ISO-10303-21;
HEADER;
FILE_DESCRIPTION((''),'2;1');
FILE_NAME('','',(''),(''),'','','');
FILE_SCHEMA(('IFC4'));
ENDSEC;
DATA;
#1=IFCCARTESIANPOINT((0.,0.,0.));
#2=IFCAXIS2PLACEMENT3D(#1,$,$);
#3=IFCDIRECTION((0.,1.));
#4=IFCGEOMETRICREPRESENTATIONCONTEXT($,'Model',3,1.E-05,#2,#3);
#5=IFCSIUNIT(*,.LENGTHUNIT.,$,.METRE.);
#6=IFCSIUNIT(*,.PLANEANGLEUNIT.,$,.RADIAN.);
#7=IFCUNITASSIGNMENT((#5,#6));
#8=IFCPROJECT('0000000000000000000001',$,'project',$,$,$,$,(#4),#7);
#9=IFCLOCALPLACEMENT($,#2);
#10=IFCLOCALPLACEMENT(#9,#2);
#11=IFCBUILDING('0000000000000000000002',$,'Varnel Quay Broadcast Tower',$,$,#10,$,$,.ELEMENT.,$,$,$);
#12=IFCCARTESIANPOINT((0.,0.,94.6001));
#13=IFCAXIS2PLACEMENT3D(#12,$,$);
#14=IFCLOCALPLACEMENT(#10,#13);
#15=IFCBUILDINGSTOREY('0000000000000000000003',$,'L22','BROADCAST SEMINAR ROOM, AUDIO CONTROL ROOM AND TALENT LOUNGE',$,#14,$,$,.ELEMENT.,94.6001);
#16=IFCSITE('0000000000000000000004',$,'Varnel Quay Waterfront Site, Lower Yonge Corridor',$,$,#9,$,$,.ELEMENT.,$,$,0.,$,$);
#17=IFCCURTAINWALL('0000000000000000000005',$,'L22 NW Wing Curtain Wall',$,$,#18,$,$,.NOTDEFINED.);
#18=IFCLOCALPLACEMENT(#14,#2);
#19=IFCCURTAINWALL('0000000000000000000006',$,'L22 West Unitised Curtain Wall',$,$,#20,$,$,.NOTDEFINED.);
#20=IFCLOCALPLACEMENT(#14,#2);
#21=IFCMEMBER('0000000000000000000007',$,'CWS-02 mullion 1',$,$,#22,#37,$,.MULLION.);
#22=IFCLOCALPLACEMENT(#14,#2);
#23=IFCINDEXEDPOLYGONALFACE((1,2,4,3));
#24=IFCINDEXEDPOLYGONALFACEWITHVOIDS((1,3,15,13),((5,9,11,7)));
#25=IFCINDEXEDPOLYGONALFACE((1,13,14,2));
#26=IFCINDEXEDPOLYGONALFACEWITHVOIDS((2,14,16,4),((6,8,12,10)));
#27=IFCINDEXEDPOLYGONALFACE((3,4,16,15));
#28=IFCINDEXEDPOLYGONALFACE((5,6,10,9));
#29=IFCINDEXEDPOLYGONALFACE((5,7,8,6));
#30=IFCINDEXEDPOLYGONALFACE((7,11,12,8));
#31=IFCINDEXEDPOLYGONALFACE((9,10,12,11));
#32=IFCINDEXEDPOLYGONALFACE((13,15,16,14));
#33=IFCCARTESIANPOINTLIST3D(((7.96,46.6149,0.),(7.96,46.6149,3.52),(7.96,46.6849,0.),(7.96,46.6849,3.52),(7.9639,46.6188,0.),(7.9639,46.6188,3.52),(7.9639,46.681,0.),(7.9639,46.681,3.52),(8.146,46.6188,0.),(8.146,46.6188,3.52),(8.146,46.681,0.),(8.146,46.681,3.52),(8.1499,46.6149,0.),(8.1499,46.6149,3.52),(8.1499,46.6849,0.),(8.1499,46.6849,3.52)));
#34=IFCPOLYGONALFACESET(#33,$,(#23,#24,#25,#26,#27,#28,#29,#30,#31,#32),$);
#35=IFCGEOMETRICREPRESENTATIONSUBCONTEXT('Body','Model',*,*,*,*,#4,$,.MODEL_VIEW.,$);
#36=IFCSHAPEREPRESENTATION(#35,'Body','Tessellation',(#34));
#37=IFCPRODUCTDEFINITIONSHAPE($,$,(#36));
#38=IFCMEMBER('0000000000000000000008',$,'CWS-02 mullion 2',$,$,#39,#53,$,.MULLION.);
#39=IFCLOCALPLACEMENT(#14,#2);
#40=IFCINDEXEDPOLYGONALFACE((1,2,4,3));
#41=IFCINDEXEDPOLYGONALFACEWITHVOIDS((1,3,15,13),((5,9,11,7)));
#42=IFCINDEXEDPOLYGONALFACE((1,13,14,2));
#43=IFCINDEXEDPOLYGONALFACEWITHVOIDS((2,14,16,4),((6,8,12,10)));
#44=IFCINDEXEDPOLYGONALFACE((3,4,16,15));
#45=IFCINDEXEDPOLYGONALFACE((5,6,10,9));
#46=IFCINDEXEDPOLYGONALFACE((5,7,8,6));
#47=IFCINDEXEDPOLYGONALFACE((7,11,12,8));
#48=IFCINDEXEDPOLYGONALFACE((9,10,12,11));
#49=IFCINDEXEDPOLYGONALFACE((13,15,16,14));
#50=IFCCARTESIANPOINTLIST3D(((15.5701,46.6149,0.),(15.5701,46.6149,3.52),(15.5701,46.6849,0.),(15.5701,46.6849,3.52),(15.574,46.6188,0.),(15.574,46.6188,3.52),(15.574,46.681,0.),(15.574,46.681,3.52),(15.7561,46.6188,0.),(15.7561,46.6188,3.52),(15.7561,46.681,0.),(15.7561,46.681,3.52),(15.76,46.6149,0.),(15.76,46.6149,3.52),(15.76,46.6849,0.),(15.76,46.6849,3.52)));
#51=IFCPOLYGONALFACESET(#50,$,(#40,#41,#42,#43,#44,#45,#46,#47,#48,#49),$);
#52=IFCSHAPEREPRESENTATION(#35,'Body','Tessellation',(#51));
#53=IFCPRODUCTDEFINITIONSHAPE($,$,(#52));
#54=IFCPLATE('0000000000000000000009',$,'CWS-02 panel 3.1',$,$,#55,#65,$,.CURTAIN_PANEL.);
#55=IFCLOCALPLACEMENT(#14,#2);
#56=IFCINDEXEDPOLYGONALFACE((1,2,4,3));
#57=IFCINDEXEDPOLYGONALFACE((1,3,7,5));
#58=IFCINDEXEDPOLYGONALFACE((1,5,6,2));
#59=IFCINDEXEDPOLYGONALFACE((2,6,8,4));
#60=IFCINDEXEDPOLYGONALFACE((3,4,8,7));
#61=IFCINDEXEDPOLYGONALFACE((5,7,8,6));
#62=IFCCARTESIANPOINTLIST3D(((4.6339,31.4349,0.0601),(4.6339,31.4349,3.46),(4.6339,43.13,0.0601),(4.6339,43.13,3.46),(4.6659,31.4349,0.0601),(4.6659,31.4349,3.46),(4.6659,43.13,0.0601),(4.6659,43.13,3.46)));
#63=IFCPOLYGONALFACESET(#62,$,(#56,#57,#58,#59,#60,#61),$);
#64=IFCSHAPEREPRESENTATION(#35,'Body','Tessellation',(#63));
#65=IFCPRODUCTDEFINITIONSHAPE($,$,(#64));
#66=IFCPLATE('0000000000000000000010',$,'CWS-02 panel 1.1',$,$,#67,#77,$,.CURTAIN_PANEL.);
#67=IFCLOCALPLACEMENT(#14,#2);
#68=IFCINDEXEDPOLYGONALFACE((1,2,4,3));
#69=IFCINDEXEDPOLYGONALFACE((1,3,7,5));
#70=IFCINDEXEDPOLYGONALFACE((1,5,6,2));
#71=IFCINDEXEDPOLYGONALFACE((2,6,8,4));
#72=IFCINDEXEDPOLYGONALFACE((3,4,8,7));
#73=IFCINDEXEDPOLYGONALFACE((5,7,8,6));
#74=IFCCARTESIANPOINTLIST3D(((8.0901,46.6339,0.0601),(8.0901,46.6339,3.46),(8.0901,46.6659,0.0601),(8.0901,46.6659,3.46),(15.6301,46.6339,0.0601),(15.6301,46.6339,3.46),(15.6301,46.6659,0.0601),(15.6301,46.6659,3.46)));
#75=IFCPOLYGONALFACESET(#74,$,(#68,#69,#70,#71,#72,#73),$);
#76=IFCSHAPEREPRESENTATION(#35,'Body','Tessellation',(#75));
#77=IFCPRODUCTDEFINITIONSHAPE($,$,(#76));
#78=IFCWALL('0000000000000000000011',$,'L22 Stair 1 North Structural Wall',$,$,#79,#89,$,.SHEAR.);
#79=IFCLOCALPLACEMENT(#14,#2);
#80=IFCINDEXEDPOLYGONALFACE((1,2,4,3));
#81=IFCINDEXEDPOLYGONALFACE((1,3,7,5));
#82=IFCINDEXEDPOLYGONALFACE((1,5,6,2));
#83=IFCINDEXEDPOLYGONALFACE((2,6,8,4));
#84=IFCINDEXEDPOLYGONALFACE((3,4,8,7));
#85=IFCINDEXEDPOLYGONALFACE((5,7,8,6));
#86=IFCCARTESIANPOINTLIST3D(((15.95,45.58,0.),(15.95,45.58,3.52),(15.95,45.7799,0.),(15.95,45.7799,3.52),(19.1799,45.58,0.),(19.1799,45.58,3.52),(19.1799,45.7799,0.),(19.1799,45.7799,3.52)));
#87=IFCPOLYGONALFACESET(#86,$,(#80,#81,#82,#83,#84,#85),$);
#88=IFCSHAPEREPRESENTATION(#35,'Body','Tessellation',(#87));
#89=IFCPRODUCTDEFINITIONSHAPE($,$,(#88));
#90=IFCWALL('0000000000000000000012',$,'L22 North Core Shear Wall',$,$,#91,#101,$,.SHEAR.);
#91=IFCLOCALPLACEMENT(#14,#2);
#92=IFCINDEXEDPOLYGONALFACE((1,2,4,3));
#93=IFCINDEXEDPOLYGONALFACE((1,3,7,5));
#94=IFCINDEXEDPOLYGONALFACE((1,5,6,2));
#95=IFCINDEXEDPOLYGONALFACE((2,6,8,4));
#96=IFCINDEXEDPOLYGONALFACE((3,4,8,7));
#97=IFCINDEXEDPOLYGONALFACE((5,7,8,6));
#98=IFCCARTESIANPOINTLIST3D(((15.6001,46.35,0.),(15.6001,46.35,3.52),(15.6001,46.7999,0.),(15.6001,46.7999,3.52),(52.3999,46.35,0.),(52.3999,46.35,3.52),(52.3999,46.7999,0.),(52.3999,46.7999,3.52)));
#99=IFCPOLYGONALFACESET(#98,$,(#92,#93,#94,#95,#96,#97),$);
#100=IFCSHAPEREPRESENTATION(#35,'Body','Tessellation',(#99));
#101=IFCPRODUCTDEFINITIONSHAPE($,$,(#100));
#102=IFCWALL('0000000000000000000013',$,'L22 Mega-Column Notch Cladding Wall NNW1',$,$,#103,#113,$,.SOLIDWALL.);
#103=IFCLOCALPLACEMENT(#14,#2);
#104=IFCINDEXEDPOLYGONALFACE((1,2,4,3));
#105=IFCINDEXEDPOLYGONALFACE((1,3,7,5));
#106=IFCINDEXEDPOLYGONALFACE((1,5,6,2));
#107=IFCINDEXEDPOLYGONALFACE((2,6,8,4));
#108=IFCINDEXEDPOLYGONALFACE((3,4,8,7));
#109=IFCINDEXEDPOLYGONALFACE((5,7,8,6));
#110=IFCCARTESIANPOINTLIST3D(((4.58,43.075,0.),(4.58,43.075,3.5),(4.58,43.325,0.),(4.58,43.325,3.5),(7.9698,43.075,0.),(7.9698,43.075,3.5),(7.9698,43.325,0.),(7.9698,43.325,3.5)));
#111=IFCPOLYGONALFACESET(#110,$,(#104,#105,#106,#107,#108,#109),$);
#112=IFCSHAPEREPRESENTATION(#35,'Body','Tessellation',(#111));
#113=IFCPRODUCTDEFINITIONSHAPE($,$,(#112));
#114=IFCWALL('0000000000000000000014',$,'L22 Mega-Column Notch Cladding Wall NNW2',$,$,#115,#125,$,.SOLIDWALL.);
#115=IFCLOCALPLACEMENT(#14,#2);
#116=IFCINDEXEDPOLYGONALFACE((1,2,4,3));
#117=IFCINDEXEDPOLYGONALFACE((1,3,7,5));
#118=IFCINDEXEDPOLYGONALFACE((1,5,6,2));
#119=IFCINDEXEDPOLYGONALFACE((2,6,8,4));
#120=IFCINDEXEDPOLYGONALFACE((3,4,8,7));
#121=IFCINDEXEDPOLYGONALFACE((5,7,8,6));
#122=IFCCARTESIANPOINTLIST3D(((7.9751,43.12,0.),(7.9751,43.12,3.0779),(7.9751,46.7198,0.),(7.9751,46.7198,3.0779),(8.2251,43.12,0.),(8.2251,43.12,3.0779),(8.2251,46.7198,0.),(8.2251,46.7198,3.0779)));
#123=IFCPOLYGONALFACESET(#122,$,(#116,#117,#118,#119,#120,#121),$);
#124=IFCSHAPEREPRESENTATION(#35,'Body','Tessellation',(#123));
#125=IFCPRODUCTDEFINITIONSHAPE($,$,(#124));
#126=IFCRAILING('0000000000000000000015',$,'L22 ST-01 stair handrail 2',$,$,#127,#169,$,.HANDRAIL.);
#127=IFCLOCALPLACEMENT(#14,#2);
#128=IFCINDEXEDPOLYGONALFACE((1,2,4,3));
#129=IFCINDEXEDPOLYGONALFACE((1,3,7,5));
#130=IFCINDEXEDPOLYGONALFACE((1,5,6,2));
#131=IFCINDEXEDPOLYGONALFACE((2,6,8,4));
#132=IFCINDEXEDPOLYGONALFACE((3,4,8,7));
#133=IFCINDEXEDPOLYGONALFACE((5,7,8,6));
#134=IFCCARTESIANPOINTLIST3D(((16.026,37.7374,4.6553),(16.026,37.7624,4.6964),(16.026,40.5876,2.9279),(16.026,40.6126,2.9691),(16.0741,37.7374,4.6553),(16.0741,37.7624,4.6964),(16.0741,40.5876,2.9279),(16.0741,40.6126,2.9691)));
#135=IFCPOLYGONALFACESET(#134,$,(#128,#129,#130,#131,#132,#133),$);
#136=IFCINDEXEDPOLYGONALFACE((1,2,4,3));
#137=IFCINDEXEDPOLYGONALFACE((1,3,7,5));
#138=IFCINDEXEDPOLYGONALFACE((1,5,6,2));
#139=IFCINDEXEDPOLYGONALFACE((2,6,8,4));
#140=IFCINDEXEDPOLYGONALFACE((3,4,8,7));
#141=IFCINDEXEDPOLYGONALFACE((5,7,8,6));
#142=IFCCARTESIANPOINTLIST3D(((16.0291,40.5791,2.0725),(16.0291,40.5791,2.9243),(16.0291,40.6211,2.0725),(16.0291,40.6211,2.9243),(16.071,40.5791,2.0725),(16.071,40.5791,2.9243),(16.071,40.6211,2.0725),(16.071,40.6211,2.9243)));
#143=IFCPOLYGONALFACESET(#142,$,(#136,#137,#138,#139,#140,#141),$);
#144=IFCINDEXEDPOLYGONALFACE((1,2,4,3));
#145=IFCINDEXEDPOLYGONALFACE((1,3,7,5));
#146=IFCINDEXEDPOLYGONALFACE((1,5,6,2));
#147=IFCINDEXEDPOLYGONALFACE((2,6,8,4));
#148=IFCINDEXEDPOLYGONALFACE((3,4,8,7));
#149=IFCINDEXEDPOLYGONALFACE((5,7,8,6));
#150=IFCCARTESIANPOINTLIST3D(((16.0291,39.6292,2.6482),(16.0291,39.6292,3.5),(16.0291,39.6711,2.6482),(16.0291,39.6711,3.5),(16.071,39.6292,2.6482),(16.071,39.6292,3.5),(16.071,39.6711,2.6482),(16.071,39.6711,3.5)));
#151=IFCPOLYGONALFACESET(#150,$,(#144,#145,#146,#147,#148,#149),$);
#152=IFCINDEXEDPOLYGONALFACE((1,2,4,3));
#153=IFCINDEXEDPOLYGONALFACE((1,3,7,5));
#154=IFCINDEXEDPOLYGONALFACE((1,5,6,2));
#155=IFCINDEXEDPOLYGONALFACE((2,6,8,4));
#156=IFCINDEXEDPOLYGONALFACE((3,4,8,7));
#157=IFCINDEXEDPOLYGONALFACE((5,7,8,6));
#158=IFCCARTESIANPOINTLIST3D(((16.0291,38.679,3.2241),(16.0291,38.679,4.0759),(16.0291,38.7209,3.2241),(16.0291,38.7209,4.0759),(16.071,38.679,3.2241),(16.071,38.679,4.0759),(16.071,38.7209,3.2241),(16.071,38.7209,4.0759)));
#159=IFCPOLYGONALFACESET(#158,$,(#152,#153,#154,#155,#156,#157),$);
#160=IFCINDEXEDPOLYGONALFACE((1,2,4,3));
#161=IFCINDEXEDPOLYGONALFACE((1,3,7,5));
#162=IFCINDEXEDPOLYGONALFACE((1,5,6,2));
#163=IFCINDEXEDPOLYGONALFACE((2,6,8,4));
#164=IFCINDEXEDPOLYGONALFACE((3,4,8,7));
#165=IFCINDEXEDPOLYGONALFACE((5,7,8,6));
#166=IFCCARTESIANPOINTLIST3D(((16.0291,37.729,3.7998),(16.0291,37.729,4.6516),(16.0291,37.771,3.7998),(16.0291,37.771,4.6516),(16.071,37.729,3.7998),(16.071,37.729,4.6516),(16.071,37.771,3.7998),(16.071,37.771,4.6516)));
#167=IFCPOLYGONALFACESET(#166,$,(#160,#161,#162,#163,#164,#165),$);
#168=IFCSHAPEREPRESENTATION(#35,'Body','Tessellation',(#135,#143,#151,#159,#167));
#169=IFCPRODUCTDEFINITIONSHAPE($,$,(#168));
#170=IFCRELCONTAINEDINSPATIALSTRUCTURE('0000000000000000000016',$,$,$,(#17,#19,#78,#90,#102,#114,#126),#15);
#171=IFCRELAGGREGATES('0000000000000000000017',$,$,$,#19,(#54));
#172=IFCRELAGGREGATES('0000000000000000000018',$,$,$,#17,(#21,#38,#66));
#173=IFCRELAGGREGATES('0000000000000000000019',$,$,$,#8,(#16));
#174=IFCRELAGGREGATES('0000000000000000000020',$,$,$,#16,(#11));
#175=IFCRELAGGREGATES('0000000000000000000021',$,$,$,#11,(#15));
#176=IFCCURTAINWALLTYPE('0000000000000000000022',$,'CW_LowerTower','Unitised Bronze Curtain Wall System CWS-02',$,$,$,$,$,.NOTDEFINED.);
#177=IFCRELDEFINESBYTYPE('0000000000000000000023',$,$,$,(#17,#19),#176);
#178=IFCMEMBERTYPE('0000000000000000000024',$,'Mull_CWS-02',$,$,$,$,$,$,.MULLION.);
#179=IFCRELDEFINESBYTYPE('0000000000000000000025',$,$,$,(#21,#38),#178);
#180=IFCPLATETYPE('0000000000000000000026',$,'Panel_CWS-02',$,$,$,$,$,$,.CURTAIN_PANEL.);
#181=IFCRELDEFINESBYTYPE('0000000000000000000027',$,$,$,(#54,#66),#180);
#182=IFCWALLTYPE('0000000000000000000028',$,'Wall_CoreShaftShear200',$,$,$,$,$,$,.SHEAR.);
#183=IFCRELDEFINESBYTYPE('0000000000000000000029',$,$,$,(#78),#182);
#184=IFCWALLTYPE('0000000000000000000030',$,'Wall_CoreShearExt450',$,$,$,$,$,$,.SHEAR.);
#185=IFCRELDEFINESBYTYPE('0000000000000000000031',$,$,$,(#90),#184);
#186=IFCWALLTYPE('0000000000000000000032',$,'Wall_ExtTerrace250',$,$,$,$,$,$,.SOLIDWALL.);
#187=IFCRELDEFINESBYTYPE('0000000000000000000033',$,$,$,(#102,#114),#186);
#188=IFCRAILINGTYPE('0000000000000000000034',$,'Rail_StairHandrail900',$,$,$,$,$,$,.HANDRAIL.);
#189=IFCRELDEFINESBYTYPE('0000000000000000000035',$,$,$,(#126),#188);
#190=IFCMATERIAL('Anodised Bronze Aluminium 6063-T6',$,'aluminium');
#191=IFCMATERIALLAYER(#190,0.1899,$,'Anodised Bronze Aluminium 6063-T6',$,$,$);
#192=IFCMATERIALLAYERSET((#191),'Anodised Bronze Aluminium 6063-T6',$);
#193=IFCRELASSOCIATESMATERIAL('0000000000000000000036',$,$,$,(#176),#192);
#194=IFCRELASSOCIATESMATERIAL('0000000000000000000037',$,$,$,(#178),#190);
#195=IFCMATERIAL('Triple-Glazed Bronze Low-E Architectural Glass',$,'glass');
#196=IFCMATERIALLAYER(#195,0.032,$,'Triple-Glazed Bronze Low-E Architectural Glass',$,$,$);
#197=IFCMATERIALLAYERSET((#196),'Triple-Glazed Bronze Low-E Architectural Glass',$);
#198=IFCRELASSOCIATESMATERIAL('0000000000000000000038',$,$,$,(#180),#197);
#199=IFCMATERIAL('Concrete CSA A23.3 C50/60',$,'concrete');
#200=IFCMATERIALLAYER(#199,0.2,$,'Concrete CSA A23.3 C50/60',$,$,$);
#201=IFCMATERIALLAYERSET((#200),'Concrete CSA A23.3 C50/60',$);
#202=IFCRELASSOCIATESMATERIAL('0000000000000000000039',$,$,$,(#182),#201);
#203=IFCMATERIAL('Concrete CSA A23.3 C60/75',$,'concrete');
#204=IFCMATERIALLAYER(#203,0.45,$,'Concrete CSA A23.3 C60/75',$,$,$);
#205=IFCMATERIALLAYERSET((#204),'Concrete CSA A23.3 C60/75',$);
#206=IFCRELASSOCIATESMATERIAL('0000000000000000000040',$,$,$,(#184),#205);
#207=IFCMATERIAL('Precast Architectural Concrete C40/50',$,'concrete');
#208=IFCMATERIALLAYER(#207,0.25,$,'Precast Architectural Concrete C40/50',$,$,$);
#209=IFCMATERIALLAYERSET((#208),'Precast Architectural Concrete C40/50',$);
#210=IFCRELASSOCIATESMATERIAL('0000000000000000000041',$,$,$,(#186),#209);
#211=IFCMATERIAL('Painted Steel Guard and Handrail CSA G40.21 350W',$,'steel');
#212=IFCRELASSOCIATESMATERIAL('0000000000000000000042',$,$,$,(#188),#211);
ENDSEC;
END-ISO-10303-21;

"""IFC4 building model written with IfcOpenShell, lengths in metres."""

from ifc_helpers import new_model, si_unit, direction, frame, frame_2d, origin, origin_2d, place, context, subcontext, project, spatial, rectangle, hollow_rectangle, extrude, source, transform, mapped, material, layer, layer_set, material_profile, profile_set, type_object, type_shapes, element, aggregate, save


model = new_model("IFC4")

# Units and contexts
model_context = context("Model", 3, precision=1e-05, world=origin(), true_north=direction((0.0, 1.0)))
body_context = subcontext(model_context, "Body", "Model", "MODEL_VIEW")
ifc_project = project(units=[si_unit("LENGTHUNIT", "METRE"), si_unit("PLANEANGLEUNIT", "RADIAN")], contexts=[model_context])

# Site, building, storey
site_placement = place(None, origin())
site = spatial("IfcSite", under=ifc_project, at=site_placement, Name="Varnel Quay Waterfront Site, Lower Yonge Corridor", CompositionType="ELEMENT", RefElevation=0.0)
building_placement = place(site_placement, origin())
building = spatial("IfcBuilding", under=site, at=building_placement, Name="Varnel Quay Broadcast Tower", CompositionType="ELEMENT")
storey_placement = place(building_placement, frame((0.0, 0.0, 94.6001)))
storey = spatial("IfcBuildingStorey", under=building, at=storey_placement, Name="L22", Description="BROADCAST SEMINAR ROOM, AUDIO CONTROL ROOM AND TALENT LOUNGE", CompositionType="ELEMENT", Elevation=94.6001)

# Curtain wall
ifc_material_1 = material(Name="Anodised Bronze Aluminium 6063-T6", Category="aluminium")
ifc_layer_1 = layer(ifc_material_1, 0.1899, Name="Anodised Bronze Aluminium 6063-T6")
ifc_layer_set_1 = layer_set([ifc_layer_1], Name="Anodised Bronze Aluminium 6063-T6")
curtain_wall_type = type_object("IfcCurtainWallType", Name="CW_LowerTower", Description="Unitised Bronze Curtain Wall System CWS-02", PredefinedType="NOTDEFINED", material=ifc_layer_set_1)
curtain_wall_1_placement = place(storey_placement, origin())
curtain_wall_1 = element("IfcCurtainWall", 1, at=curtain_wall_1_placement, inside=storey, type_object=curtain_wall_type, Name="L22 NW Wing Curtain Wall", PredefinedType="NOTDEFINED")

# Curtain wall
curtain_wall_2_placement = place(storey_placement, origin())
curtain_wall_2 = element("IfcCurtainWall", 2, at=curtain_wall_2_placement, inside=storey, type_object=curtain_wall_type, Name="L22 West Unitised Curtain Wall", PredefinedType="NOTDEFINED")
ifc_material_profile_1 = material_profile(ifc_material_1, hollow_rectangle(XDim=0.0701, YDim=0.1899, WallThickness=0.0039, at=origin_2d()), Name="ALU70X190X4")
ifc_profile_set_1 = profile_set([ifc_material_profile_1], Name="Anodised Bronze Aluminium 6063-T6")
member_type_1 = type_object("IfcMemberType", Name="Mull_CWS-02", PredefinedType="MULLION", material=ifc_profile_set_1)
shared_shape_1 = source(origin(), body_context, "Body", "SweptSolid", [
    extrude(hollow_rectangle(XDim=0.0701, YDim=0.1899, WallThickness=0.0039, at=origin_2d()), origin(), (0.0, 0.0, 1.0), 3.52),
])
type_shapes(member_type_1, [shared_shape_1])

# Members
member_1_placement = place(storey_placement, frame((8.0549, 46.6499, 0.0), z_axis=(0.0, 0.0, 1.0), x_axis=(0.0, 1.0, 0.0)))
member_1 = element("IfcMember", 3, at=member_1_placement, type_object=member_type_1, Name="CWS-02 mullion 1", PredefinedType="MULLION", context=body_context, shape_type="MappedRepresentation", body=[
    mapped(shared_shape_1, transform((0.0, 0.0, 0.0), x_axis=(1.0, 0.0, 0.0), y_axis=(0.0, 1.0, 0.0), z_axis=(0.0, 0.0, 1.0), scale=1.0)),
])
member_2_placement = place(storey_placement, frame((15.665, 46.6499, 0.0), z_axis=(0.0, 0.0, 1.0), x_axis=(0.0, 1.0, 0.0)))
member_2 = element("IfcMember", 4, at=member_2_placement, type_object=member_type_1, Name="CWS-02 mullion 2", PredefinedType="MULLION", context=body_context, shape_type="MappedRepresentation", body=[
    mapped(shared_shape_1, transform((0.0, 0.0, 0.0), x_axis=(1.0, 0.0, 0.0), y_axis=(0.0, 1.0, 0.0), z_axis=(0.0, 0.0, 1.0), scale=1.0)),
])

# Plates
ifc_material_2 = material(Name="Triple-Glazed Bronze Low-E Architectural Glass", Category="glass")
ifc_layer_2 = layer(ifc_material_2, 0.032, Name="Triple-Glazed Bronze Low-E Architectural Glass")
ifc_layer_set_2 = layer_set([ifc_layer_2], Name="Triple-Glazed Bronze Low-E Architectural Glass")
plate_type = type_object("IfcPlateType", Name="Panel_CWS-02", PredefinedType="CURTAIN_PANEL", material=ifc_layer_set_2)
shared_shape_2 = source(origin(), body_context, "Body", "SweptSolid", [
    extrude(rectangle(XDim=11.6951, YDim=0.032, at=origin_2d()), origin(), (0.0, 0.0, 1.0), 3.3999),
])
plate_1_placement = place(storey_placement, frame((4.6499, 37.2825, 0.0601), z_axis=(0.0, 0.0, 1.0), x_axis=(0.0, 1.0, 0.0)))
plate_1 = element("IfcPlate", 5, at=plate_1_placement, type_object=plate_type, Name="CWS-02 panel 3.1", PredefinedType="CURTAIN_PANEL", context=body_context, shape_type="MappedRepresentation", body=[
    mapped(shared_shape_2, transform((0.0, 0.0, 0.0), x_axis=(1.0, 0.0, 0.0), y_axis=(0.0, 1.0, 0.0), z_axis=(0.0, 0.0, 1.0), scale=1.0)),
])
aggregate(curtain_wall_2, [plate_1])
shared_shape_3 = source(origin(), body_context, "Body", "SweptSolid", [
    extrude(rectangle(XDim=7.54, YDim=0.032, at=origin_2d()), origin(), (0.0, 0.0, 1.0), 3.3999),
])
type_shapes(plate_type, [shared_shape_2, shared_shape_3])
plate_2_placement = place(storey_placement, frame((11.8601, 46.6499, 0.0601), z_axis=(0.0, 0.0, 1.0), x_axis=(1.0, 0.0, 0.0)))
plate_2 = element("IfcPlate", 6, at=plate_2_placement, type_object=plate_type, Name="CWS-02 panel 1.1", PredefinedType="CURTAIN_PANEL", context=body_context, shape_type="MappedRepresentation", body=[
    mapped(shared_shape_3, transform((0.0, 0.0, 0.0), x_axis=(1.0, 0.0, 0.0), y_axis=(0.0, 1.0, 0.0), z_axis=(0.0, 0.0, 1.0), scale=1.0)),
])
aggregate(curtain_wall_1, [member_1, member_2, plate_2])

# Walls
ifc_material_3 = material(Name="Concrete CSA A23.3 C50/60", Category="concrete")
ifc_layer_3 = layer(ifc_material_3, 0.2, Name="Concrete CSA A23.3 C50/60")
ifc_layer_set_3 = layer_set([ifc_layer_3], Name="Concrete CSA A23.3 C50/60")
wall_type_1 = type_object("IfcWallType", Name="Wall_CoreShaftShear200", PredefinedType="SHEAR", material=ifc_layer_set_3)
wall_1_placement = place(storey_placement, frame((15.95, 45.6799, 0.0), z_axis=(0.0, 0.0, 1.0), x_axis=(1.0, 0.0, 0.0)))
element("IfcWall", 7, at=wall_1_placement, inside=storey, type_object=wall_type_1, Name="L22 Stair 1 North Structural Wall", PredefinedType="SHEAR", context=body_context, shape_type="SweptSolid", body=[
    extrude(rectangle(XDim=3.23, YDim=0.2, at=frame_2d((1.615, 0.0))), origin(), (0.0, 0.0, 1.0), 3.52),
])
ifc_material_4 = material(Name="Concrete CSA A23.3 C60/75", Category="concrete")
ifc_layer_4 = layer(ifc_material_4, 0.45, Name="Concrete CSA A23.3 C60/75")
ifc_layer_set_4 = layer_set([ifc_layer_4], Name="Concrete CSA A23.3 C60/75")
wall_type_2 = type_object("IfcWallType", Name="Wall_CoreShearExt450", PredefinedType="SHEAR", material=ifc_layer_set_4)
wall_2_placement = place(storey_placement, frame((15.6001, 46.575, 0.0), z_axis=(0.0, 0.0, 1.0), x_axis=(1.0, 0.0, 0.0)))
element("IfcWall", 8, at=wall_2_placement, inside=storey, type_object=wall_type_2, Name="L22 North Core Shear Wall", PredefinedType="SHEAR", context=body_context, shape_type="SweptSolid", body=[
    extrude(rectangle(XDim=36.7998, YDim=0.45, at=frame_2d((18.3999, 0.0))), origin(), (0.0, 0.0, 1.0), 3.52),
])
ifc_material_5 = material(Name="Precast Architectural Concrete C40/50", Category="concrete")
ifc_layer_5 = layer(ifc_material_5, 0.25, Name="Precast Architectural Concrete C40/50")
ifc_layer_set_5 = layer_set([ifc_layer_5], Name="Precast Architectural Concrete C40/50")
wall_type_3 = type_object("IfcWallType", Name="Wall_ExtTerrace250", PredefinedType="SOLIDWALL", material=ifc_layer_set_5)
wall_3_placement = place(storey_placement, frame((4.5801, 43.2, 0.0), z_axis=(0.0, 0.0, 1.0), x_axis=(1.0, 0.0, 0.0)))
element("IfcWall", 9, at=wall_3_placement, inside=storey, type_object=wall_type_3, Name="L22 Mega-Column Notch Cladding Wall NNW1", PredefinedType="SOLIDWALL", context=body_context, shape_type="SweptSolid", body=[
    extrude(rectangle(XDim=3.3899, YDim=0.25, at=frame_2d((1.6948, 0.0))), origin(), (0.0, 0.0, 1.0), 3.5),
])
wall_4_placement = place(storey_placement, frame((8.1001, 43.1201, 0.0), z_axis=(0.0, 0.0, 1.0), x_axis=(0.0, 1.0, 0.0)))
element("IfcWall", 10, at=wall_4_placement, inside=storey, type_object=wall_type_3, Name="L22 Mega-Column Notch Cladding Wall NNW2", PredefinedType="SOLIDWALL", context=body_context, shape_type="SweptSolid", body=[
    extrude(rectangle(XDim=3.5999, YDim=0.25, at=frame_2d((1.7998, 0.0))), origin(), (0.0, 0.0, 1.0), 3.0779),
])

# Railing
ifc_material_6 = material(Name="Painted Steel Guard and Handrail CSA G40.21 350W", Category="steel")
railing_type = type_object("IfcRailingType", Name="Rail_StairHandrail900", PredefinedType="HANDRAIL", material=ifc_material_6)
railing_placement = place(storey_placement, frame((16.05, 40.6001, 2.0725)))
element("IfcRailing", 11, at=railing_placement, inside=storey, type_object=railing_type, Name="L22 ST-01 stair handrail 2", PredefinedType="HANDRAIL", context=body_context, shape_type="SweptSolid", body=[
    extrude(rectangle(XDim=0.0481, YDim=0.0481, at=origin_2d()), frame((0.0, 0.0, 0.876), z_axis=(0.0, -0.855203, 0.518294), x_axis=(1.0, 0.0, 0.0)), (0.0, 0.0, 1.0), 3.3328),
    extrude(rectangle(XDim=0.042, YDim=0.042, at=origin_2d()), origin(), (0.0, 0.0, 1.0), 0.8518),
    extrude(rectangle(XDim=0.042, YDim=0.042, at=origin_2d()), frame((0.0, -0.95, 0.5757)), (0.0, 0.0, 1.0), 0.8518),
    extrude(rectangle(XDim=0.042, YDim=0.042, at=origin_2d()), frame((0.0, -1.9001, 1.1516)), (0.0, 0.0, 1.0), 0.8518),
    extrude(rectangle(XDim=0.042, YDim=0.042, at=origin_2d()), frame((0.0, -2.8501, 1.7273)), (0.0, 0.0, 1.0), 0.8518),
])

save(model, "model.ifc")
